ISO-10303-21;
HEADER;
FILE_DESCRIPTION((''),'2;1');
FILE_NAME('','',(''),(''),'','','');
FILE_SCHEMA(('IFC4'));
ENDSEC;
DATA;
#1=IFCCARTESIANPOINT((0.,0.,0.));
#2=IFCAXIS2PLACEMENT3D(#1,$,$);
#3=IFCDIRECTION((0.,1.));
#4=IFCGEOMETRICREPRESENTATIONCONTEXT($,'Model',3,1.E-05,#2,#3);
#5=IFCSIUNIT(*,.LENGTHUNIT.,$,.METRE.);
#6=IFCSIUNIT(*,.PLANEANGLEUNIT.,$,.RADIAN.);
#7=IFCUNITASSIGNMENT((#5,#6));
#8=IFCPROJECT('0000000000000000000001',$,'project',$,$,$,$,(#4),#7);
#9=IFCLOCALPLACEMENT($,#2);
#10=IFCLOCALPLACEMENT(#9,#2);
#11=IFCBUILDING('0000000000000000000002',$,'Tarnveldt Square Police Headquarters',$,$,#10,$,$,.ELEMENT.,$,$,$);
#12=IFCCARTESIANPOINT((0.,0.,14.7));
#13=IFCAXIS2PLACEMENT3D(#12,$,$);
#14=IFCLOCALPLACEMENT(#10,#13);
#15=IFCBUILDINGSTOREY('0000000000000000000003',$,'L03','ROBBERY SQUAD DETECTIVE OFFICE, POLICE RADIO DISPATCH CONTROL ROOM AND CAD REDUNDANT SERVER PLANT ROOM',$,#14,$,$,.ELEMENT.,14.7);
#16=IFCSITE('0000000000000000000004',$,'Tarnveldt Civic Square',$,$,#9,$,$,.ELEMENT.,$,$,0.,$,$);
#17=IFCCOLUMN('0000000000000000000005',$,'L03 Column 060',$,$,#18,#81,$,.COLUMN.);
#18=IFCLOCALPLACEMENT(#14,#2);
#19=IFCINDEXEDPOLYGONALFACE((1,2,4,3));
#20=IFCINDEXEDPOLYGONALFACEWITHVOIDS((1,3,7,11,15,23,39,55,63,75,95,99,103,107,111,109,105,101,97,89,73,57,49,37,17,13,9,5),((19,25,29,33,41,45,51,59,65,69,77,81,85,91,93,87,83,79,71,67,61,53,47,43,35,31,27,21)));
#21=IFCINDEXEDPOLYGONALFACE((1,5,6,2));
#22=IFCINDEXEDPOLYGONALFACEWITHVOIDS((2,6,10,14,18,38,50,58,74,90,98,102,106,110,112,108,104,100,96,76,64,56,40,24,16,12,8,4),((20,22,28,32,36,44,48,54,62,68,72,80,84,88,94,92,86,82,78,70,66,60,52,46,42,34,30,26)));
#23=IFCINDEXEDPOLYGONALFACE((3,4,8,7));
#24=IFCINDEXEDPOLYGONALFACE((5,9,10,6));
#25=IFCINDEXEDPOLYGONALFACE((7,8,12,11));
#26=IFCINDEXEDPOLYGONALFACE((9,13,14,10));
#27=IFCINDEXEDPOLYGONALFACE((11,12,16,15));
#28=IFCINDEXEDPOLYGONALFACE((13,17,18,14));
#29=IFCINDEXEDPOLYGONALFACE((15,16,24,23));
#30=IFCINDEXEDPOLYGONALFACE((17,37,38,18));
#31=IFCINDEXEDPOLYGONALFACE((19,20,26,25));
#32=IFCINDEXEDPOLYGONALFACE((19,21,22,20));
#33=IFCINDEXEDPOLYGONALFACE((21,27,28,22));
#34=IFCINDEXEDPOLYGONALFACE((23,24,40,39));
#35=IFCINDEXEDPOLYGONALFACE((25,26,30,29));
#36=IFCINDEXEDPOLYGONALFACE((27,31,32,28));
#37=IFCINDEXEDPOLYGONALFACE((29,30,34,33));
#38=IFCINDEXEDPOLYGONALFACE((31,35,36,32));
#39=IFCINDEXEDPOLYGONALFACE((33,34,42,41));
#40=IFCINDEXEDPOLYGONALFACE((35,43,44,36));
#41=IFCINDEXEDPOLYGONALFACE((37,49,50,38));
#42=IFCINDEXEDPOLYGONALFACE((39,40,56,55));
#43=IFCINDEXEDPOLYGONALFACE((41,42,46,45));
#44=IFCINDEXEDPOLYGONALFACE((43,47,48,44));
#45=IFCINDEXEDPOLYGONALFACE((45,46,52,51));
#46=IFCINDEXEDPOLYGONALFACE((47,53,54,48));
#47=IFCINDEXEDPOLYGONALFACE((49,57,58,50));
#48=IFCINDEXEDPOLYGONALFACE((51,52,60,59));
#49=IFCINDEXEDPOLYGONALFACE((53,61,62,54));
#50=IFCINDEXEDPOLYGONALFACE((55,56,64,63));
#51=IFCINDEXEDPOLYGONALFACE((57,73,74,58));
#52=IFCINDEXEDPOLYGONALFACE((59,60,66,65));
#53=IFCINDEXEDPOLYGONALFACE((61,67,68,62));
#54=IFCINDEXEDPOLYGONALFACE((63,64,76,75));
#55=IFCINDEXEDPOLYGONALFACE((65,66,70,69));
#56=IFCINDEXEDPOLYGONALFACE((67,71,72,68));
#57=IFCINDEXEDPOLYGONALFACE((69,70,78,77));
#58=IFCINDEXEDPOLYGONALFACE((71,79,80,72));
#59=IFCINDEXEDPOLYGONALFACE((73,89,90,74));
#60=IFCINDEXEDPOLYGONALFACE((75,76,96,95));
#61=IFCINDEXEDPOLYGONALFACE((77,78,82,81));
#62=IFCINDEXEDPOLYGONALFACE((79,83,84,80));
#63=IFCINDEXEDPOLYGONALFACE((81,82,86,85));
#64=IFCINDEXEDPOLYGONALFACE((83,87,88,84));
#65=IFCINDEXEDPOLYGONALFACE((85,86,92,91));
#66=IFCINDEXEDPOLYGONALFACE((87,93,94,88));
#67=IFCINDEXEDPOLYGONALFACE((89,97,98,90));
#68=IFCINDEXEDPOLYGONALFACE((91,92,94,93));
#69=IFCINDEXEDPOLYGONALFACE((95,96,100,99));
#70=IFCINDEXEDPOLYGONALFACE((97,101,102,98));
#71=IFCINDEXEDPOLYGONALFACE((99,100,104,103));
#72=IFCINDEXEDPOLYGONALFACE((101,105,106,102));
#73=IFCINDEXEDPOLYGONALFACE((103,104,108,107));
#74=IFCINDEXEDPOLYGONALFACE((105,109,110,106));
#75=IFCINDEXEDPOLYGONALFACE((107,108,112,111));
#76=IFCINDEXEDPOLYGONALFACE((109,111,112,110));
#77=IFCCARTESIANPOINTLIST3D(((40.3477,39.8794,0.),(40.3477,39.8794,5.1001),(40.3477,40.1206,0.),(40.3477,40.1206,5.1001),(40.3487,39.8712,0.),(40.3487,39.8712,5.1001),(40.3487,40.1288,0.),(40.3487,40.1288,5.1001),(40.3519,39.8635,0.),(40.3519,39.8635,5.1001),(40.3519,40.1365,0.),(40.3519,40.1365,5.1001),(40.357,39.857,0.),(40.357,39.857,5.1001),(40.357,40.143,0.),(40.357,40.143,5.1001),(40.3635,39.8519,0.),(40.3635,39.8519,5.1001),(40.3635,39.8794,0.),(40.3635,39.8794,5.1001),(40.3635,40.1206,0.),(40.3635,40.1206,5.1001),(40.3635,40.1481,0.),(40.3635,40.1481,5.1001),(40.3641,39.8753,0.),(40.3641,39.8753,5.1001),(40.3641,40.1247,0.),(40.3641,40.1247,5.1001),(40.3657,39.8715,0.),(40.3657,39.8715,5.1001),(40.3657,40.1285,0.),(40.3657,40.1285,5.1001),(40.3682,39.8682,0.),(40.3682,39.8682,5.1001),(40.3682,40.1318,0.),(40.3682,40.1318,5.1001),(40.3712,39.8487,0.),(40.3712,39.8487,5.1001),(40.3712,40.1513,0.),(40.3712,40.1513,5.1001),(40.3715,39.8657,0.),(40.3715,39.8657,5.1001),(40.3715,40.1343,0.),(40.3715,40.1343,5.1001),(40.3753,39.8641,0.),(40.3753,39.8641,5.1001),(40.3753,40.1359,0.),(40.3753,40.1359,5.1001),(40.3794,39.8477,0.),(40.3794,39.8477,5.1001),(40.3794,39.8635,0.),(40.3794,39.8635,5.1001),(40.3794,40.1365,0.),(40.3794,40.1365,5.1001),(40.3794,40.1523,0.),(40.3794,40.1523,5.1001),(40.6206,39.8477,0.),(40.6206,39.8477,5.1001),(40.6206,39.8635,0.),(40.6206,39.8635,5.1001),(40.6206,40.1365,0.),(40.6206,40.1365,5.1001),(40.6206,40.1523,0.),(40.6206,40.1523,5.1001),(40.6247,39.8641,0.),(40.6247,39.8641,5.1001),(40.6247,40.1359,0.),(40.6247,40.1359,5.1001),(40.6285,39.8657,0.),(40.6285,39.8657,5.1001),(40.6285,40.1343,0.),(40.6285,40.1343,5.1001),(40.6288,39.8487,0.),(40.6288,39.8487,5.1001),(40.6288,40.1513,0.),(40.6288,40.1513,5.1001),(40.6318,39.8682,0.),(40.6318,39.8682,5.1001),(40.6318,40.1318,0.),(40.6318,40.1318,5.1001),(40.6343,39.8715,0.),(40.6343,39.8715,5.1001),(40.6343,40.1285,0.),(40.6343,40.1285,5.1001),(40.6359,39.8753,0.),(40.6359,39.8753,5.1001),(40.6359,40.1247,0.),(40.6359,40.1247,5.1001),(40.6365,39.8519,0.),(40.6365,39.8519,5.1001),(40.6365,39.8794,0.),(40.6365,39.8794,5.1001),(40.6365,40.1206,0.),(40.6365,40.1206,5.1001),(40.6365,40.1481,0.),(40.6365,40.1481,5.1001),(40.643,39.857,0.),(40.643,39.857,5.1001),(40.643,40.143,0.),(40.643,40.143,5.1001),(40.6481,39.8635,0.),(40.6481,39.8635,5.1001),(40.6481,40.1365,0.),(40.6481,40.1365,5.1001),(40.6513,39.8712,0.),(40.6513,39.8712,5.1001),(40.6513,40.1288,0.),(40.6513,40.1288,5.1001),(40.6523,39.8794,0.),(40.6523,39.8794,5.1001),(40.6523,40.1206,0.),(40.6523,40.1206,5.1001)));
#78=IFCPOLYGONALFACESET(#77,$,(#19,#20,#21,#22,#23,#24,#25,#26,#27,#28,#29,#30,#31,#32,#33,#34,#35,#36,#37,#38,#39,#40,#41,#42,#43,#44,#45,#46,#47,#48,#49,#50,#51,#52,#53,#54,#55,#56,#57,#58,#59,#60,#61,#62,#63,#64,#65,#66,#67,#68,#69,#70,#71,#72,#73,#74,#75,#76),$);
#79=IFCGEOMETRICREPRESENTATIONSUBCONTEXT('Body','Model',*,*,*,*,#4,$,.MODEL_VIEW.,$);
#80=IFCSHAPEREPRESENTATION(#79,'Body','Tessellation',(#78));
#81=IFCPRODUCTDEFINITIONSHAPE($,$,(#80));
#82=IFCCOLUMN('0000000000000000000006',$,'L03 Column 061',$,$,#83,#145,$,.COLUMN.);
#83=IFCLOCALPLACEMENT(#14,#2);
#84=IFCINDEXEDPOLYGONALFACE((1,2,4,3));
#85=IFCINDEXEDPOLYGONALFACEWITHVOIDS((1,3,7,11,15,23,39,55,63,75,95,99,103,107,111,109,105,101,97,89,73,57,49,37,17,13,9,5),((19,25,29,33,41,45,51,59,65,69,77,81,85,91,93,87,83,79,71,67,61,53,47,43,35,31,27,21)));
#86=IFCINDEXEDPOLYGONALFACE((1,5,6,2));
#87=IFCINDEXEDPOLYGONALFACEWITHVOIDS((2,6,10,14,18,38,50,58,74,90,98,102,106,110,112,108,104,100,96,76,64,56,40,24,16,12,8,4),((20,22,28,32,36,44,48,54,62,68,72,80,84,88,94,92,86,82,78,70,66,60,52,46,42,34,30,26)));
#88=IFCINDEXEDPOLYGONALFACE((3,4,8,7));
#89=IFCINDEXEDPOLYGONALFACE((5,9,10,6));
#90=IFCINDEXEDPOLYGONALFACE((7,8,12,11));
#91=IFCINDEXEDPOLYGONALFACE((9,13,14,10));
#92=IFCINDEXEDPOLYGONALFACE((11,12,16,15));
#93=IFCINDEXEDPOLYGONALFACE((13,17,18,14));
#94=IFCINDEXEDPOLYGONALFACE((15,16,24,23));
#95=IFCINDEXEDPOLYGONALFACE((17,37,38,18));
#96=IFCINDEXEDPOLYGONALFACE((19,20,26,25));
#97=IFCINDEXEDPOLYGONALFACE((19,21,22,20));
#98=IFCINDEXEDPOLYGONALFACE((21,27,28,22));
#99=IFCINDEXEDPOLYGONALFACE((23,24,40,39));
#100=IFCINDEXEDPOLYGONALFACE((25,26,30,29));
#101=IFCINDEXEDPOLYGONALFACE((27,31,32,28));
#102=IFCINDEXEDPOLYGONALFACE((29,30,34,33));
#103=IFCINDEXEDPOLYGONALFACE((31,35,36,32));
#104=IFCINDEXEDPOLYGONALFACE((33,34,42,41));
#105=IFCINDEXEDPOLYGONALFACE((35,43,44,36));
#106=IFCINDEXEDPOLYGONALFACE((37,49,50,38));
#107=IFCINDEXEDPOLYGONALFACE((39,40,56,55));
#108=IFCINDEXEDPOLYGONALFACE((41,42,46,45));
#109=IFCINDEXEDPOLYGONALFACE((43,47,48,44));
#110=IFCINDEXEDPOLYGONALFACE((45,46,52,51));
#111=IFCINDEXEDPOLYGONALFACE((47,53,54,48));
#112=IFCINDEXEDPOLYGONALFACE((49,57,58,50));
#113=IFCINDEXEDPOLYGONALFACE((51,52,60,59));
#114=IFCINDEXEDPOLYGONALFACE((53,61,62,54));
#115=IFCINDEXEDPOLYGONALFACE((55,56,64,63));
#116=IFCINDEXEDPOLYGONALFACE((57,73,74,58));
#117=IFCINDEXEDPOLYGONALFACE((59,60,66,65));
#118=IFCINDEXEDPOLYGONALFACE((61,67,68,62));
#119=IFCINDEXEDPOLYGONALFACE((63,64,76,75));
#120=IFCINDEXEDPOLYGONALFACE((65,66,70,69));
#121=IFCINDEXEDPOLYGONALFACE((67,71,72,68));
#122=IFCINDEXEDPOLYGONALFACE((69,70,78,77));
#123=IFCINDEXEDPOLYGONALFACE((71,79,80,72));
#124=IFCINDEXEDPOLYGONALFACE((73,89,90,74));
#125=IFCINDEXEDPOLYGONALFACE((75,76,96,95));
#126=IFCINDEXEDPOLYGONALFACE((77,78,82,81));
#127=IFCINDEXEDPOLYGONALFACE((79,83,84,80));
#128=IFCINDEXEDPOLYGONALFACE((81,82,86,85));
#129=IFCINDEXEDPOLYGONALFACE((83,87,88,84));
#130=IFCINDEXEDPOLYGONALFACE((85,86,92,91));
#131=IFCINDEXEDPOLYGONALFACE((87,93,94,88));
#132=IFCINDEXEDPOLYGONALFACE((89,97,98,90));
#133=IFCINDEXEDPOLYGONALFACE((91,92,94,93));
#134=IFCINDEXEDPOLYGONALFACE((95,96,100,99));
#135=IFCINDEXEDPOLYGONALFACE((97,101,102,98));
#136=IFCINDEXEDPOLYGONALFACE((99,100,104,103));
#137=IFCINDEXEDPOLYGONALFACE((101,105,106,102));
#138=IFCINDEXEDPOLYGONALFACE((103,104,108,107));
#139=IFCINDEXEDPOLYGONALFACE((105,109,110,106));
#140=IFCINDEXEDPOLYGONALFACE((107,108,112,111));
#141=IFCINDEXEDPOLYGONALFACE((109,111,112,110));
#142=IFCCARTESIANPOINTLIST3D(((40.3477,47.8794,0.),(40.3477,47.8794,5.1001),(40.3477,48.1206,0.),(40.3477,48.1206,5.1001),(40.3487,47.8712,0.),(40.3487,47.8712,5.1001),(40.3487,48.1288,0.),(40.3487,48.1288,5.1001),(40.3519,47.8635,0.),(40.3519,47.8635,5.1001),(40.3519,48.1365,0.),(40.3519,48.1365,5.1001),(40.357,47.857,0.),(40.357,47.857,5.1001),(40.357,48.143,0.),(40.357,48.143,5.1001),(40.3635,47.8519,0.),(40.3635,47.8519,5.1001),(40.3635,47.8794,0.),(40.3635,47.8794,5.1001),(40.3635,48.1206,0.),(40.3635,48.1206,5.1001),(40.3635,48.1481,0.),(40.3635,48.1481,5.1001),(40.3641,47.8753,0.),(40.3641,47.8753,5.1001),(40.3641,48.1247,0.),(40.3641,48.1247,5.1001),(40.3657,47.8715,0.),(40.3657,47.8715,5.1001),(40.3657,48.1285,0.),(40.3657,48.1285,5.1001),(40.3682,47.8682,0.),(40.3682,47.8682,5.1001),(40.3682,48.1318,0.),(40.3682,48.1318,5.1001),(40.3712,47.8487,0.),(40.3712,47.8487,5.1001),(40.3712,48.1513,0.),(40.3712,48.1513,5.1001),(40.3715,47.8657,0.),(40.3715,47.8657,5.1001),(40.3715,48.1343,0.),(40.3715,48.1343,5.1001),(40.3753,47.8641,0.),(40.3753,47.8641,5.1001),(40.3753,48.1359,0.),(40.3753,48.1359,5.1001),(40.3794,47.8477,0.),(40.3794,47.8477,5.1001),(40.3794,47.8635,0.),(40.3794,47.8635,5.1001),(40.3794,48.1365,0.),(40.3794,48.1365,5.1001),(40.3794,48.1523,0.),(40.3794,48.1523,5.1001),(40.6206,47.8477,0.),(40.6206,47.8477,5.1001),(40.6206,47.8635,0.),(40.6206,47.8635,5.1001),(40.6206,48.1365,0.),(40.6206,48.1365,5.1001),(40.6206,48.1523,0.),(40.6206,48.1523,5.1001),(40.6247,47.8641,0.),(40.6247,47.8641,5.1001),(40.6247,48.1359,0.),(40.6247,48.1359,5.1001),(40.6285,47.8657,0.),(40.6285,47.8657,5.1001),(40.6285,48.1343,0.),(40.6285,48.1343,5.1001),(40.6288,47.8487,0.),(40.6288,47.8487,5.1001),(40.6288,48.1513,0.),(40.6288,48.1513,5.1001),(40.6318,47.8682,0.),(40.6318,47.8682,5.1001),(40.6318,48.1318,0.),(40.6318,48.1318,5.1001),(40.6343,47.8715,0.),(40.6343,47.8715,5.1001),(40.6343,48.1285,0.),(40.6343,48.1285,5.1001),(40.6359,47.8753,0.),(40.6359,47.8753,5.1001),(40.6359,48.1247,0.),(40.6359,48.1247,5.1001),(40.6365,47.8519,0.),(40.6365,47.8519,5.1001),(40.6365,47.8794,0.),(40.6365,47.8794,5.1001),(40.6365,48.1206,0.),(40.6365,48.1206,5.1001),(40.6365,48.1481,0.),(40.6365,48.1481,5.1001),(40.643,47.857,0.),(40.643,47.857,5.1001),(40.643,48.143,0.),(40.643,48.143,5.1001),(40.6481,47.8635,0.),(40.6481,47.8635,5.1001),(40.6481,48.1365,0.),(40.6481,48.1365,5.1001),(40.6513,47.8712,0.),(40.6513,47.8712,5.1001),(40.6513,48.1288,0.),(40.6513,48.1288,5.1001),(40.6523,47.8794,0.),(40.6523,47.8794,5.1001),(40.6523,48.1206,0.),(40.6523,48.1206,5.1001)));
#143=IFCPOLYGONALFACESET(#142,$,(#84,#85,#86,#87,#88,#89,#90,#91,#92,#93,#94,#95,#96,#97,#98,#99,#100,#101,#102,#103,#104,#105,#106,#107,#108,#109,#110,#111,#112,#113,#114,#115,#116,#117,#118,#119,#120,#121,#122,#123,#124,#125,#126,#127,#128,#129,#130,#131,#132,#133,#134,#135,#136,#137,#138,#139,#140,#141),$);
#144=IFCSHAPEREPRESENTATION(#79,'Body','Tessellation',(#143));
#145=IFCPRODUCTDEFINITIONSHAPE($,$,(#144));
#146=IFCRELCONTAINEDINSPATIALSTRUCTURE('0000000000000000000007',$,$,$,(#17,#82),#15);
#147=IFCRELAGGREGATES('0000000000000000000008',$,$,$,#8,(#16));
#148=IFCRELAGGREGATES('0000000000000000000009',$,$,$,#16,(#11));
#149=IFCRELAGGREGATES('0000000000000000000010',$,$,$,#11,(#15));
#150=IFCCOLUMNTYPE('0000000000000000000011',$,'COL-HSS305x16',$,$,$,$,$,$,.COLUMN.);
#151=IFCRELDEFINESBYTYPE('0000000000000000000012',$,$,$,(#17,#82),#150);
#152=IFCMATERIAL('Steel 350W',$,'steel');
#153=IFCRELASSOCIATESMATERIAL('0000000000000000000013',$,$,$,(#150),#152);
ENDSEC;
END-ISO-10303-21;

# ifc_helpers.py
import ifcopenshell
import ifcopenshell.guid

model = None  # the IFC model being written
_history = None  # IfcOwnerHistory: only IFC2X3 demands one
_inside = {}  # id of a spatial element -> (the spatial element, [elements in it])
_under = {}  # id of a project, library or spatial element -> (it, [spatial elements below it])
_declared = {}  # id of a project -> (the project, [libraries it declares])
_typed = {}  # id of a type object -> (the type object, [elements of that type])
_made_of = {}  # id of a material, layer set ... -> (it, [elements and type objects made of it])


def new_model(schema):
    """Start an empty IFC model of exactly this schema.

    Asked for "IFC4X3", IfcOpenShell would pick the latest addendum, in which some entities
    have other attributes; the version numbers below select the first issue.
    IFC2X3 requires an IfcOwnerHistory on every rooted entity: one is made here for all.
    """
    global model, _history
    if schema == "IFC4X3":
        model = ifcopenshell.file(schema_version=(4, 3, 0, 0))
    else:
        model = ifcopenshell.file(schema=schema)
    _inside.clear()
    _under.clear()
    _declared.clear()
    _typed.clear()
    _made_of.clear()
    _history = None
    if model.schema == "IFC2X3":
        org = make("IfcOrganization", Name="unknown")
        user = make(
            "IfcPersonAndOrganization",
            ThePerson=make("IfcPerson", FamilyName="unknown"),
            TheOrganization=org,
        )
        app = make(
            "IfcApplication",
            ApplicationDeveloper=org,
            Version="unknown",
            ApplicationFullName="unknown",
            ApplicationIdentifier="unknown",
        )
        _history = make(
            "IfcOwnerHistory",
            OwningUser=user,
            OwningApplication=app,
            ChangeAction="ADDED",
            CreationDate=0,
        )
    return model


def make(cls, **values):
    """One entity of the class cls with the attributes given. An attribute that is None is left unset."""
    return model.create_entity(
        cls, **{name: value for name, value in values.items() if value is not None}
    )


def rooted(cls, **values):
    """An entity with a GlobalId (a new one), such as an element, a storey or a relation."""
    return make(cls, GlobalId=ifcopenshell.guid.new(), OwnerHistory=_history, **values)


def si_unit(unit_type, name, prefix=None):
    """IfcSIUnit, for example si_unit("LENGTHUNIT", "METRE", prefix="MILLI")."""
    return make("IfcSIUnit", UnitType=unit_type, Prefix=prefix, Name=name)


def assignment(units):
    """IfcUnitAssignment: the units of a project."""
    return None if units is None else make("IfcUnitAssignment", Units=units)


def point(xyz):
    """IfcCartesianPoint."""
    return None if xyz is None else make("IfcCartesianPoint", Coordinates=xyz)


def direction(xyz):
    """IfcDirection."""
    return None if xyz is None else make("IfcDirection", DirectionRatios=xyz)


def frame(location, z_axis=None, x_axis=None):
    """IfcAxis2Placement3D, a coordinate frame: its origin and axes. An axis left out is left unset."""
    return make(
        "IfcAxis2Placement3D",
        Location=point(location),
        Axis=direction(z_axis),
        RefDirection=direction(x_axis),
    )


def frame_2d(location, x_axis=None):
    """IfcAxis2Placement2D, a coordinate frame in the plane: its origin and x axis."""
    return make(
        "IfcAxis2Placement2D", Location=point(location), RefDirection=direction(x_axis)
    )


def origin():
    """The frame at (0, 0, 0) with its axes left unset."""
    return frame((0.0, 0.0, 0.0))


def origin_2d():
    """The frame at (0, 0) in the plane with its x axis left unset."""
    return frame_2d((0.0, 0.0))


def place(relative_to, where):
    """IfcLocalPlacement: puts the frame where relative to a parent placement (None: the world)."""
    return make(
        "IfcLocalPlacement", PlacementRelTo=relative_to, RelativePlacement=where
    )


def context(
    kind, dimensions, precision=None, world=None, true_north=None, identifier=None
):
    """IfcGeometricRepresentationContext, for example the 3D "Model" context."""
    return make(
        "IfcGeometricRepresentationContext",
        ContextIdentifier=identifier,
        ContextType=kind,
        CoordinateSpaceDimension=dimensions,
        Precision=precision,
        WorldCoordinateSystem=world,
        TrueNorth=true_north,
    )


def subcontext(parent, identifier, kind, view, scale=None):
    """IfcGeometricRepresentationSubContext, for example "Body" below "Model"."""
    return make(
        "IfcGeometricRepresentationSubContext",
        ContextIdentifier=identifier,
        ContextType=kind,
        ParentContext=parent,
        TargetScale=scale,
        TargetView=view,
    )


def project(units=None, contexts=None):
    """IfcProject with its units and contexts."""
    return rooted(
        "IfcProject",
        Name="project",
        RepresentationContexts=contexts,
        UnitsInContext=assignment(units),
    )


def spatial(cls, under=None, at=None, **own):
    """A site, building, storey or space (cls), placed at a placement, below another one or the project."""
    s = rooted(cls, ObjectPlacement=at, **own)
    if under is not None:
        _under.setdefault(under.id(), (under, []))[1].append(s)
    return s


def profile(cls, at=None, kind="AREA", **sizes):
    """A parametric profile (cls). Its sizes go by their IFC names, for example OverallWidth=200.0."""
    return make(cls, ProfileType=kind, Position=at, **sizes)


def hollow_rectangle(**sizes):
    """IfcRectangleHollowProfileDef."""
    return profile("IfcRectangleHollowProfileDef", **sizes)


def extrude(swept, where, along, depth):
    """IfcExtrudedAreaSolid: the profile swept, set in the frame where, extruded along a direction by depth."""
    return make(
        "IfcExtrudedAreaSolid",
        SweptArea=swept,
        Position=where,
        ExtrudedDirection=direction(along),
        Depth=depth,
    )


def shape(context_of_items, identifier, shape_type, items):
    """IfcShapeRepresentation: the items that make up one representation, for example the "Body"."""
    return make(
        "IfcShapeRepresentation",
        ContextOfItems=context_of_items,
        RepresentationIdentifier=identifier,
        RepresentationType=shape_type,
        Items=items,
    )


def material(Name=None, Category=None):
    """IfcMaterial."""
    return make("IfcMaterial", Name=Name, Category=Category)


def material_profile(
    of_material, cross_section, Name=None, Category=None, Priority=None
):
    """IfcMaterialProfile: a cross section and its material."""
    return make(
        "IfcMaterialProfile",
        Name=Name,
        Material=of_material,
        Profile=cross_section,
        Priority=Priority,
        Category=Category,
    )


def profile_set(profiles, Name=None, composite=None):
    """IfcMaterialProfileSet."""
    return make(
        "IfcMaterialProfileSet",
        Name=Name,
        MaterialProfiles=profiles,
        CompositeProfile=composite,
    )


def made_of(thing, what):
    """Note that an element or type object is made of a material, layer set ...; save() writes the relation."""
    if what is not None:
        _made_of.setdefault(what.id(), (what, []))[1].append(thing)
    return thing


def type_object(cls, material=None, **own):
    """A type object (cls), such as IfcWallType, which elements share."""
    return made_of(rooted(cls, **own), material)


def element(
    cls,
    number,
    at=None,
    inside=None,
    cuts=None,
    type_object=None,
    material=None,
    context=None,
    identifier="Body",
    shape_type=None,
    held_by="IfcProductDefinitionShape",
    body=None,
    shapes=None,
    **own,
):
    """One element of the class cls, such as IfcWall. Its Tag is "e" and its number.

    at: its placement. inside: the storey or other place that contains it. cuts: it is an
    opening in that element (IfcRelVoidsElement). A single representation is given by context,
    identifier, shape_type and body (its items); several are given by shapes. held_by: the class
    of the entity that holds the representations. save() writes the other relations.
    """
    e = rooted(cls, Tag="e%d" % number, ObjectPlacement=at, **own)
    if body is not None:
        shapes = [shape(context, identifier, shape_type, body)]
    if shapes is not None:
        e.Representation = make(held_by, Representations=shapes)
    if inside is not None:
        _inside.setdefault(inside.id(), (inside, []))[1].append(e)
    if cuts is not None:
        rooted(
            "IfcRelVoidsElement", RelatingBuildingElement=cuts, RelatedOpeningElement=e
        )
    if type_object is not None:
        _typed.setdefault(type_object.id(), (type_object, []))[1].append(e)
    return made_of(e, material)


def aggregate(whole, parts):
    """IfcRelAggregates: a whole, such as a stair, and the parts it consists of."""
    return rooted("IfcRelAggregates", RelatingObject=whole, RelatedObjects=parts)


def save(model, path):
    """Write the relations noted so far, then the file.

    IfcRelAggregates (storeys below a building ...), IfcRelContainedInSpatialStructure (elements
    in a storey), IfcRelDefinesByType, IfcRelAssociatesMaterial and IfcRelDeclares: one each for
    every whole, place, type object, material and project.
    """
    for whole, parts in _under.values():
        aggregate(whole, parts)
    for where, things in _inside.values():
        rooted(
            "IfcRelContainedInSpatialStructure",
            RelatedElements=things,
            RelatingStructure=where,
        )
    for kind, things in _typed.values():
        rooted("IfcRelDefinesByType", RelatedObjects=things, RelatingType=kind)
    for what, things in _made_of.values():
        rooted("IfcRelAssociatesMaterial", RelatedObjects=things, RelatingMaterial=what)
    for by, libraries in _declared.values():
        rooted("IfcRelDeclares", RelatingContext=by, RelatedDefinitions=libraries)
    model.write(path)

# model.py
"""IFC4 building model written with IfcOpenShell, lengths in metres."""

from ifc_helpers import new_model, si_unit, direction, frame, origin, origin_2d, place, context, subcontext, project, spatial, hollow_rectangle, extrude, material, material_profile, profile_set, type_object, element, save


model = new_model("IFC4")

# Units and contexts
model_context = context("Model", 3, precision=1e-05, world=origin(), true_north=direction((0.0, 1.0)))
body_context = subcontext(model_context, "Body", "Model", "MODEL_VIEW")
ifc_project = project(units=[si_unit("LENGTHUNIT", "METRE"), si_unit("PLANEANGLEUNIT", "RADIAN")], contexts=[model_context])

# Site, building, storey
site_placement = place(None, origin())
site = spatial("IfcSite", under=ifc_project, at=site_placement, Name="Tarnveldt Civic Square", CompositionType="ELEMENT", RefElevation=0.0)
building_placement = place(site_placement, origin())
building = spatial("IfcBuilding", under=site, at=building_placement, Name="Tarnveldt Square Police Headquarters", CompositionType="ELEMENT")
storey_placement = place(building_placement, frame((0.0, 0.0, 14.7)))
storey = spatial("IfcBuildingStorey", under=building, at=storey_placement, Name="L03", Description="ROBBERY SQUAD DETECTIVE OFFICE, POLICE RADIO DISPATCH CONTROL ROOM AND CAD REDUNDANT SERVER PLANT ROOM", CompositionType="ELEMENT", Elevation=14.7)

# Columns
ifc_material_1 = material(Name="Steel 350W", Category="steel")
ifc_material_profile_1 = material_profile(ifc_material_1, hollow_rectangle(XDim=0.3047, YDim=0.3047, WallThickness=0.0159, InnerFilletRadius=0.0159, OuterFilletRadius=0.0317, at=origin_2d()), Name="HSS305x305x16")
ifc_profile_set_1 = profile_set([ifc_material_profile_1], Name="Steel 350W")
column_type_1 = type_object("IfcColumnType", Name="COL-HSS305x16", PredefinedType="COLUMN", material=ifc_profile_set_1)
for number, where, z_axis, x_axis, name in (
    (1, (40.5, 40.0, 0.0), (0.0, 0.0, 1.0), (1.0, 0.0, 0.0), "L03 Column 060"),
    (2, (40.5, 48.0, 0.0), (0.0, 0.0, 1.0), (1.0, 0.0, 0.0), "L03 Column 061"),
):
    element("IfcColumn", number, at=place(storey_placement, frame(where, z_axis=z_axis, x_axis=x_axis)), inside=storey, type_object=column_type_1, Name=name, PredefinedType="COLUMN", context=body_context, shape_type="SweptSolid", body=[
        extrude(hollow_rectangle(XDim=0.3047, YDim=0.3047, WallThickness=0.0159, InnerFilletRadius=0.0159, OuterFilletRadius=0.0317, at=origin_2d()), origin(), (0.0, 0.0, 1.0), 5.1001),
    ])

save(model, "model.ifc")
